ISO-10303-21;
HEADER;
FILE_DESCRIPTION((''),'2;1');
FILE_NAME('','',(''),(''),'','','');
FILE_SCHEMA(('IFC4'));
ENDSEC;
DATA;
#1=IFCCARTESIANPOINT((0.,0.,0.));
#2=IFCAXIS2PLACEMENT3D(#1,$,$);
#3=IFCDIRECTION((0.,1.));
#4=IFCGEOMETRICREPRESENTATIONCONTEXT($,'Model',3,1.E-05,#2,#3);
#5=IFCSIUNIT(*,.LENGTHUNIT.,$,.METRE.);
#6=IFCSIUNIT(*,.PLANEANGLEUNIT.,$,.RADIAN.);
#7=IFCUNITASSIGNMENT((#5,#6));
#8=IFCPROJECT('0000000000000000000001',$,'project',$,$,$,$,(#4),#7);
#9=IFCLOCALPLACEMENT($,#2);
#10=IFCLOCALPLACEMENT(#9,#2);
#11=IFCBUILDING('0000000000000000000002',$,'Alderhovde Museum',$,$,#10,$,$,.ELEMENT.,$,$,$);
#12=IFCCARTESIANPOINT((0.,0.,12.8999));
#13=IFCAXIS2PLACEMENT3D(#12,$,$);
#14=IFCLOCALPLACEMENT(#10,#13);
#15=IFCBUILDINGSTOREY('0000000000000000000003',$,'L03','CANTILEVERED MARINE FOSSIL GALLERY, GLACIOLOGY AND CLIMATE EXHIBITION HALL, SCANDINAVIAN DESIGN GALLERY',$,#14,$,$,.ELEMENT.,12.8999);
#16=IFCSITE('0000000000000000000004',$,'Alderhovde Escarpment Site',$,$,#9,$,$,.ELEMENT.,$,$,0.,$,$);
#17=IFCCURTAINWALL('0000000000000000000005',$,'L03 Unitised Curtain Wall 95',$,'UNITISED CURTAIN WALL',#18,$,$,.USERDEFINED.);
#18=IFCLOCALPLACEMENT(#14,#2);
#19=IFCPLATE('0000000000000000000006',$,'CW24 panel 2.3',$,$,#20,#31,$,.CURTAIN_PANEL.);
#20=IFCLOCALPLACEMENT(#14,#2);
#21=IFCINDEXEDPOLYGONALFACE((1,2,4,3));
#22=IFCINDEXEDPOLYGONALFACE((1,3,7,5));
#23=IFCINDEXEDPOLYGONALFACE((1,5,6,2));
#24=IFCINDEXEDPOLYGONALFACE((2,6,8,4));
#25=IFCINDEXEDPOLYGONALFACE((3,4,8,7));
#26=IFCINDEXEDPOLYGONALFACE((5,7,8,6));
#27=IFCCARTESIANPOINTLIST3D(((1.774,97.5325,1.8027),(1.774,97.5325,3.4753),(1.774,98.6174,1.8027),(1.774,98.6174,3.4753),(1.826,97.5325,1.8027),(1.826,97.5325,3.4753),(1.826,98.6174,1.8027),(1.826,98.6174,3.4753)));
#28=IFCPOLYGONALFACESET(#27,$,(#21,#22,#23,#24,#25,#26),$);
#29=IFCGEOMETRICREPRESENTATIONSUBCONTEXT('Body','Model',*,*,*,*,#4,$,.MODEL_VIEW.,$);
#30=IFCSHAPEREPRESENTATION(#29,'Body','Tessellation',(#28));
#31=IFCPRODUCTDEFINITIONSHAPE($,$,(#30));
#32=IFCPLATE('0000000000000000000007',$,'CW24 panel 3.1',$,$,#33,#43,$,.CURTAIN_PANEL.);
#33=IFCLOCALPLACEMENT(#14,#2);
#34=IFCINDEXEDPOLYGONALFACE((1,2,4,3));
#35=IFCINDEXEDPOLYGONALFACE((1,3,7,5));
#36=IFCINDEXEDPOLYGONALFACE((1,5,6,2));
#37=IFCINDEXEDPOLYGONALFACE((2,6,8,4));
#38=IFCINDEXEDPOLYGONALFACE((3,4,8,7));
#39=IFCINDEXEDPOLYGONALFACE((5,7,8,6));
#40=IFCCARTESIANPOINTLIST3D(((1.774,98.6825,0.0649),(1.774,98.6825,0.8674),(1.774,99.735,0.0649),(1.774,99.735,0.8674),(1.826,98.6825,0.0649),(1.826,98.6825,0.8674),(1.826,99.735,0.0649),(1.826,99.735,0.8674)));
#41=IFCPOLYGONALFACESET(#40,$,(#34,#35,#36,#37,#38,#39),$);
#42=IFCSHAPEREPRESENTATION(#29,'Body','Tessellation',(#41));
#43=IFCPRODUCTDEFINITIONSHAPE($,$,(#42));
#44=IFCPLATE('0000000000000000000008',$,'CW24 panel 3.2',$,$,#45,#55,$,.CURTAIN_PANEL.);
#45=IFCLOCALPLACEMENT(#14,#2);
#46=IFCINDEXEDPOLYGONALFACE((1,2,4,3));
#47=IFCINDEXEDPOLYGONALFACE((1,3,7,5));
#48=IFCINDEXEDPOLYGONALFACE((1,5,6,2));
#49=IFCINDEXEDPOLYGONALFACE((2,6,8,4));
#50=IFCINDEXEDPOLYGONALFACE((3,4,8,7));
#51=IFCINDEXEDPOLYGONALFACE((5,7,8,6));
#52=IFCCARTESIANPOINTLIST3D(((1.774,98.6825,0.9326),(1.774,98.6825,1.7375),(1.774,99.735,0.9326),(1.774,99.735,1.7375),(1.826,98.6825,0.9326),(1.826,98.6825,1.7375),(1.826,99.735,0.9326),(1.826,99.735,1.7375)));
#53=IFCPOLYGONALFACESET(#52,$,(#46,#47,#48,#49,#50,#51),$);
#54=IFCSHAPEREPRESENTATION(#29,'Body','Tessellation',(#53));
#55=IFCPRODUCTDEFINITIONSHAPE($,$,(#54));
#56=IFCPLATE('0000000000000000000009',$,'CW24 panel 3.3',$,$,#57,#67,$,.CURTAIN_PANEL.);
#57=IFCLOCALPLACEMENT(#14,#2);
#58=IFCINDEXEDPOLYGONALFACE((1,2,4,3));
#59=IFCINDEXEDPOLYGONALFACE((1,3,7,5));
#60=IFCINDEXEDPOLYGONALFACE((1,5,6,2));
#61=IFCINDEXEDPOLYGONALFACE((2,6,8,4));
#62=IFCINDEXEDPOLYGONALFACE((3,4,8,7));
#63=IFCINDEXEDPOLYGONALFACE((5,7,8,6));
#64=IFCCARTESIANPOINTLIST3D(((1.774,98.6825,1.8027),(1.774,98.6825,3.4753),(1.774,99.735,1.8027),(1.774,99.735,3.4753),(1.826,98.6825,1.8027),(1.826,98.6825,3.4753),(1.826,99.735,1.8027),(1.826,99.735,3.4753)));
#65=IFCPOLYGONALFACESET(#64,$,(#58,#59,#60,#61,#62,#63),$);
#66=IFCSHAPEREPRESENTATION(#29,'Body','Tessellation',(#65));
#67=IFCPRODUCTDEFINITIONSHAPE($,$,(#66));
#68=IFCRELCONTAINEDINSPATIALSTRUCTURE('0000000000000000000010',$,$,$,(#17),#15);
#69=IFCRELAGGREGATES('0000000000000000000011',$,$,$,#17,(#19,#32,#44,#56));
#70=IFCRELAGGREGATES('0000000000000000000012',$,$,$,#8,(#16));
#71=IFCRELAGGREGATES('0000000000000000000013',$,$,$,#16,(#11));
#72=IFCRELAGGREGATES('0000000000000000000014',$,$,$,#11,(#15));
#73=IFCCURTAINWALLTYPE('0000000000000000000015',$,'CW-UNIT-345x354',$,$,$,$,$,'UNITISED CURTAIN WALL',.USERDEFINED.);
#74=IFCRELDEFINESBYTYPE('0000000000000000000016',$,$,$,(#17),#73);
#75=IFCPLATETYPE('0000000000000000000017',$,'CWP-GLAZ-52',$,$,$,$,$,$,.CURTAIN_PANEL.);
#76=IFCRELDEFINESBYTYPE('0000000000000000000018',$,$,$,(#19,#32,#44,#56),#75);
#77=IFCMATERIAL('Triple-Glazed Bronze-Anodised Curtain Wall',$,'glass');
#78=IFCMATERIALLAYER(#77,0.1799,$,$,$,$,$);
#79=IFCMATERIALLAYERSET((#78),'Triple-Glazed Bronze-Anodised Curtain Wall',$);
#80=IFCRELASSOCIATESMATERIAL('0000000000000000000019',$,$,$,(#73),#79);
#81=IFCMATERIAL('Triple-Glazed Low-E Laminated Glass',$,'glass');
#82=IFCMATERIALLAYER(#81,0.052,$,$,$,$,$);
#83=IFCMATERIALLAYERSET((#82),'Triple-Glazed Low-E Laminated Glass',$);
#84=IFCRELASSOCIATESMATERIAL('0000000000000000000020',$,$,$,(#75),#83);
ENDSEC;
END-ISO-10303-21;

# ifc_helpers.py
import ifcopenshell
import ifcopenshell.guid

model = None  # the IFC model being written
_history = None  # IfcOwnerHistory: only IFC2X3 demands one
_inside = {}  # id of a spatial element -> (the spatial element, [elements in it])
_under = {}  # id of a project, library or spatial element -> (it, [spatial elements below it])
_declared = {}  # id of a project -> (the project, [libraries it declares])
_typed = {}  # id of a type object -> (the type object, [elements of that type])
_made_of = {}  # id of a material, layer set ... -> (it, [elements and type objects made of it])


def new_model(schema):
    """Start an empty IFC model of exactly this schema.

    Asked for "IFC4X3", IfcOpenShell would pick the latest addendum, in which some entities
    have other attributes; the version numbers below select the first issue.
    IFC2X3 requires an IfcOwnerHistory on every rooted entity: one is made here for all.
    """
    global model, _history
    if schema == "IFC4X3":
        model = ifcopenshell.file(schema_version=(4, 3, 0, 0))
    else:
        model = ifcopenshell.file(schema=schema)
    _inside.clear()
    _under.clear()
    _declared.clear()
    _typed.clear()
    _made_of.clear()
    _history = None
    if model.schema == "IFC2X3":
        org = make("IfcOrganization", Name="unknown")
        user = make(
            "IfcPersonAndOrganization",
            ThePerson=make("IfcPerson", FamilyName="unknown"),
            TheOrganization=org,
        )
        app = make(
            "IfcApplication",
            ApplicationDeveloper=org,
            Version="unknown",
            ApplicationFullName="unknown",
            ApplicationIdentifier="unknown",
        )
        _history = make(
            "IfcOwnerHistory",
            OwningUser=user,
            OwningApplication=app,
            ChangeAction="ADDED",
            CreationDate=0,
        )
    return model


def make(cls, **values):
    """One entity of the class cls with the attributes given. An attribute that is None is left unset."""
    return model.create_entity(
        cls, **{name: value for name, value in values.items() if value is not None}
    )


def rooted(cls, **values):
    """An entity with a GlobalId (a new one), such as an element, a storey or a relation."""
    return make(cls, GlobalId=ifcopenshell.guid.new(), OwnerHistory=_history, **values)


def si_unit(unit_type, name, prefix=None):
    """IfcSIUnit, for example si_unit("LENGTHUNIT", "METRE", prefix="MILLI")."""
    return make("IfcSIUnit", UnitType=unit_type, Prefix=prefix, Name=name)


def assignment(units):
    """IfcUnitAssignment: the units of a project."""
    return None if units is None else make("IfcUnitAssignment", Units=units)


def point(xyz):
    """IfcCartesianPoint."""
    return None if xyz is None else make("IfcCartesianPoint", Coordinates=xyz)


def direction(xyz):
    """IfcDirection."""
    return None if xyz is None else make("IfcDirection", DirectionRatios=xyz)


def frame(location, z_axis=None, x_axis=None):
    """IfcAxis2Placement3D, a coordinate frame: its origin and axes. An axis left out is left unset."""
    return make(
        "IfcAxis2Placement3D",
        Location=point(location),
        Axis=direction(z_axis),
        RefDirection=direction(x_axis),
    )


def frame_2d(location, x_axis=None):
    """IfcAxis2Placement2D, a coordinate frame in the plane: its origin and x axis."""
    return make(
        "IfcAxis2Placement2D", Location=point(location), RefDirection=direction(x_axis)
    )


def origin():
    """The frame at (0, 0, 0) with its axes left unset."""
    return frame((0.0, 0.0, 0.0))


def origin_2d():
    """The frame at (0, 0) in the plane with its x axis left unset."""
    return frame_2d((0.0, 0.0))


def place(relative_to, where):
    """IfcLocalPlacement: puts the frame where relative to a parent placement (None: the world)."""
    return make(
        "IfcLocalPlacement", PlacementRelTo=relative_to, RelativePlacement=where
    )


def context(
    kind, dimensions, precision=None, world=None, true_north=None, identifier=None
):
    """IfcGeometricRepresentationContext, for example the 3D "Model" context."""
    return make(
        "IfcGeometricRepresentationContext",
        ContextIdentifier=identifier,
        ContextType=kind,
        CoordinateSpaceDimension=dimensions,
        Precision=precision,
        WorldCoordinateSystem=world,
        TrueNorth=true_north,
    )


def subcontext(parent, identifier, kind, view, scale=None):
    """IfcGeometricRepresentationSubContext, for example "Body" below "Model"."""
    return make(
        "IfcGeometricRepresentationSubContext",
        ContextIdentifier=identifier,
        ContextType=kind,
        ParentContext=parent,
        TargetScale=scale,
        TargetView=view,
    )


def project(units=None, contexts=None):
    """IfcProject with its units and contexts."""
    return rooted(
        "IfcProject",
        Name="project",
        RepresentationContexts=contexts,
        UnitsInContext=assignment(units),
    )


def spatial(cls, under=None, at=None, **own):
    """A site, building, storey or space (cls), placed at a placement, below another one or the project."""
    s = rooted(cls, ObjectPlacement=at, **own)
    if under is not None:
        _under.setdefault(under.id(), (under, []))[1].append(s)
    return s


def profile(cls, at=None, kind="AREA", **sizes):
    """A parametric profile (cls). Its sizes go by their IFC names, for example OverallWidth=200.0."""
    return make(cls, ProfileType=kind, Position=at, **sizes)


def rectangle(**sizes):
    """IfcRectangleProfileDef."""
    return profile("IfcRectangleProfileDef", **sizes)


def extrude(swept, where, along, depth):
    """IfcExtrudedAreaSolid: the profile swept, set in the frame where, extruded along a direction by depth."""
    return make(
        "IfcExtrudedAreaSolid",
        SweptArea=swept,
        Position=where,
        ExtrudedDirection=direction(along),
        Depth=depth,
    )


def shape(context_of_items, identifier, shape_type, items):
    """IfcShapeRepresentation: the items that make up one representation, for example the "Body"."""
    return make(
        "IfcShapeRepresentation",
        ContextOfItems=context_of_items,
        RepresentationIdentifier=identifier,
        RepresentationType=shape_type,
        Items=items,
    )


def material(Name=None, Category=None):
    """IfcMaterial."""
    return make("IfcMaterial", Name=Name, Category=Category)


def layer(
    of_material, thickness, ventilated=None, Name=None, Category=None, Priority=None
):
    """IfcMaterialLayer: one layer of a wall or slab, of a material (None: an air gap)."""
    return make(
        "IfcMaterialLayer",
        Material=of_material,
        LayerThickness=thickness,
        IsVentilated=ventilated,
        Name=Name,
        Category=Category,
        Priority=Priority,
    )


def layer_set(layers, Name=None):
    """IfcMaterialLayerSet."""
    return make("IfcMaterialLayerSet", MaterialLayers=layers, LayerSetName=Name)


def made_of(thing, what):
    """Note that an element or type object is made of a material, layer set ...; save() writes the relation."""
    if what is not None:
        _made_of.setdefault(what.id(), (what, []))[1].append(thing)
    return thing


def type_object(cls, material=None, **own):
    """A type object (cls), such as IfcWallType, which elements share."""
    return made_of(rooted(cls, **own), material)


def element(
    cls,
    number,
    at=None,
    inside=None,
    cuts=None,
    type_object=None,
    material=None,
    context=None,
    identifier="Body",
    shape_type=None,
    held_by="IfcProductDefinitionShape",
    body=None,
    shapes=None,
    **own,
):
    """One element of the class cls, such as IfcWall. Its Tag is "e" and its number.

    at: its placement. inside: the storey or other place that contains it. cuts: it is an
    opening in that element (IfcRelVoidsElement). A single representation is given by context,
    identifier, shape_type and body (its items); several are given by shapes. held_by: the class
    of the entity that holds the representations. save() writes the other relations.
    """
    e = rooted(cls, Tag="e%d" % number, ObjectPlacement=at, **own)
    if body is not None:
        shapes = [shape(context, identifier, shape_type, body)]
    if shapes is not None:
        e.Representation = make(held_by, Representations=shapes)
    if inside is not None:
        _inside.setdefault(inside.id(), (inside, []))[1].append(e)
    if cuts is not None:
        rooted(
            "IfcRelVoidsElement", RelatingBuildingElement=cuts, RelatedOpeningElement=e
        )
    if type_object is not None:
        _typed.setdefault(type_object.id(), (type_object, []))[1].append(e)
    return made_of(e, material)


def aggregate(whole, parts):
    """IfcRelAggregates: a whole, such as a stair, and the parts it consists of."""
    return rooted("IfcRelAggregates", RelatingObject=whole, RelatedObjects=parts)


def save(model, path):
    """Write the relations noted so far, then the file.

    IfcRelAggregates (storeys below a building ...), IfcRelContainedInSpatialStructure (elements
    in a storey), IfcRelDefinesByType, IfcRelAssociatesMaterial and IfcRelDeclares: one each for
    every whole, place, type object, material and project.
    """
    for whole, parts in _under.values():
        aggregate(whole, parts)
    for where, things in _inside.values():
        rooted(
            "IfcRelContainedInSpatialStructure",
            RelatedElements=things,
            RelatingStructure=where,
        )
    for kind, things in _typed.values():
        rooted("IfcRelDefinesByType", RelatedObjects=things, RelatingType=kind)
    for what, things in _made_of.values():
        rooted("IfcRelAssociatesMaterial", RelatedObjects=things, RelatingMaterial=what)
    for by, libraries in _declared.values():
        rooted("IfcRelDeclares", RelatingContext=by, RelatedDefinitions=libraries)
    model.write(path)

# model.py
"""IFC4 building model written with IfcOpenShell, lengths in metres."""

from ifc_helpers import new_model, si_unit, direction, frame, origin, origin_2d, place, context, subcontext, project, spatial, rectangle, extrude, material, layer, layer_set, type_object, element, aggregate, save


model = new_model("IFC4")

# Units and contexts
model_context = context("Model", 3, precision=1e-05, world=origin(), true_north=direction((0.0, 1.0)))
body_context = subcontext(model_context, "Body", "Model", "MODEL_VIEW")
ifc_project = project(units=[si_unit("LENGTHUNIT", "METRE"), si_unit("PLANEANGLEUNIT", "RADIAN")], contexts=[model_context])

# Site, building, storey
site_placement = place(None, origin())
site = spatial("IfcSite", under=ifc_project, at=site_placement, Name="Alderhovde Escarpment Site", CompositionType="ELEMENT", RefElevation=0.0)
building_placement = place(site_placement, origin())
building = spatial("IfcBuilding", under=site, at=building_placement, Name="Alderhovde Museum", CompositionType="ELEMENT")
storey_placement = place(building_placement, frame((0.0, 0.0, 12.8999)))
storey = spatial("IfcBuildingStorey", under=building, at=storey_placement, Name="L03", Description="CANTILEVERED MARINE FOSSIL GALLERY, GLACIOLOGY AND CLIMATE EXHIBITION HALL, SCANDINAVIAN DESIGN GALLERY", CompositionType="ELEMENT", Elevation=12.8999)

# Curtain wall
ifc_material_1 = material(Name="Triple-Glazed Bronze-Anodised Curtain Wall", Category="glass")
ifc_layer_1 = layer(ifc_material_1, 0.1799)
ifc_layer_set_1 = layer_set([ifc_layer_1], Name="Triple-Glazed Bronze-Anodised Curtain Wall")
curtain_wall_type_1 = type_object("IfcCurtainWallType", Name="CW-UNIT-345x354", ElementType="UNITISED CURTAIN WALL", PredefinedType="USERDEFINED", material=ifc_layer_set_1)
curtain_wall_1_placement = place(storey_placement, origin())
curtain_wall_1 = element("IfcCurtainWall", 1, at=curtain_wall_1_placement, inside=storey, type_object=curtain_wall_type_1, Name="L03 Unitised Curtain Wall 95", ObjectType="UNITISED CURTAIN WALL", PredefinedType="USERDEFINED")

# Plates
ifc_material_2 = material(Name="Triple-Glazed Low-E Laminated Glass", Category="glass")
ifc_layer_2 = layer(ifc_material_2, 0.052)
ifc_layer_set_2 = layer_set([ifc_layer_2], Name="Triple-Glazed Low-E Laminated Glass")
plate_type_1 = type_object("IfcPlateType", Name="CWP-GLAZ-52", PredefinedType="CURTAIN_PANEL", material=ifc_layer_set_2)
plate_1_placement = place(storey_placement, frame((1.8, 98.075, 1.8027), z_axis=(0.0, 0.0, 1.0), x_axis=(0.0, 1.0, 0.0)))
plate_1 = element("IfcPlate", 2, at=plate_1_placement, type_object=plate_type_1, Name="CW24 panel 2.3", PredefinedType="CURTAIN_PANEL", context=body_context, shape_type="SweptSolid", body=[
    extrude(rectangle(XDim=1.085, YDim=0.052, at=origin_2d()), origin(), (0.0, 0.0, 1.0), 1.6726),
])
plate_2_placement = place(storey_placement, frame((1.8, 99.2087, 0.0649), z_axis=(0.0, 0.0, 1.0), x_axis=(0.0, 1.0, 0.0)))
plate_2 = element("IfcPlate", 3, at=plate_2_placement, type_object=plate_type_1, Name="CW24 panel 3.1", PredefinedType="CURTAIN_PANEL", context=body_context, shape_type="SweptSolid", body=[
    extrude(rectangle(XDim=1.0525, YDim=0.052, at=origin_2d()), origin(), (0.0, 0.0, 1.0), 0.8025),
])
plate_3_placement = place(storey_placement, frame((1.8, 99.2087, 0.9326), z_axis=(0.0, 0.0, 1.0), x_axis=(0.0, 1.0, 0.0)))
plate_3 = element("IfcPlate", 4, at=plate_3_placement, type_object=plate_type_1, Name="CW24 panel 3.2", PredefinedType="CURTAIN_PANEL", context=body_context, shape_type="SweptSolid", body=[
    extrude(rectangle(XDim=1.0525, YDim=0.052, at=origin_2d()), origin(), (0.0, 0.0, 1.0), 0.8049),
])
plate_4_placement = place(storey_placement, frame((1.8, 99.2087, 1.8027), z_axis=(0.0, 0.0, 1.0), x_axis=(0.0, 1.0, 0.0)))
plate_4 = element("IfcPlate", 5, at=plate_4_placement, type_object=plate_type_1, Name="CW24 panel 3.3", PredefinedType="CURTAIN_PANEL", context=body_context, shape_type="SweptSolid", body=[
    extrude(rectangle(XDim=1.0525, YDim=0.052, at=origin_2d()), origin(), (0.0, 0.0, 1.0), 1.6726),
])
aggregate(curtain_wall_1, [plate_1, plate_2, plate_3, plate_4])

save(model, "model.ifc")
